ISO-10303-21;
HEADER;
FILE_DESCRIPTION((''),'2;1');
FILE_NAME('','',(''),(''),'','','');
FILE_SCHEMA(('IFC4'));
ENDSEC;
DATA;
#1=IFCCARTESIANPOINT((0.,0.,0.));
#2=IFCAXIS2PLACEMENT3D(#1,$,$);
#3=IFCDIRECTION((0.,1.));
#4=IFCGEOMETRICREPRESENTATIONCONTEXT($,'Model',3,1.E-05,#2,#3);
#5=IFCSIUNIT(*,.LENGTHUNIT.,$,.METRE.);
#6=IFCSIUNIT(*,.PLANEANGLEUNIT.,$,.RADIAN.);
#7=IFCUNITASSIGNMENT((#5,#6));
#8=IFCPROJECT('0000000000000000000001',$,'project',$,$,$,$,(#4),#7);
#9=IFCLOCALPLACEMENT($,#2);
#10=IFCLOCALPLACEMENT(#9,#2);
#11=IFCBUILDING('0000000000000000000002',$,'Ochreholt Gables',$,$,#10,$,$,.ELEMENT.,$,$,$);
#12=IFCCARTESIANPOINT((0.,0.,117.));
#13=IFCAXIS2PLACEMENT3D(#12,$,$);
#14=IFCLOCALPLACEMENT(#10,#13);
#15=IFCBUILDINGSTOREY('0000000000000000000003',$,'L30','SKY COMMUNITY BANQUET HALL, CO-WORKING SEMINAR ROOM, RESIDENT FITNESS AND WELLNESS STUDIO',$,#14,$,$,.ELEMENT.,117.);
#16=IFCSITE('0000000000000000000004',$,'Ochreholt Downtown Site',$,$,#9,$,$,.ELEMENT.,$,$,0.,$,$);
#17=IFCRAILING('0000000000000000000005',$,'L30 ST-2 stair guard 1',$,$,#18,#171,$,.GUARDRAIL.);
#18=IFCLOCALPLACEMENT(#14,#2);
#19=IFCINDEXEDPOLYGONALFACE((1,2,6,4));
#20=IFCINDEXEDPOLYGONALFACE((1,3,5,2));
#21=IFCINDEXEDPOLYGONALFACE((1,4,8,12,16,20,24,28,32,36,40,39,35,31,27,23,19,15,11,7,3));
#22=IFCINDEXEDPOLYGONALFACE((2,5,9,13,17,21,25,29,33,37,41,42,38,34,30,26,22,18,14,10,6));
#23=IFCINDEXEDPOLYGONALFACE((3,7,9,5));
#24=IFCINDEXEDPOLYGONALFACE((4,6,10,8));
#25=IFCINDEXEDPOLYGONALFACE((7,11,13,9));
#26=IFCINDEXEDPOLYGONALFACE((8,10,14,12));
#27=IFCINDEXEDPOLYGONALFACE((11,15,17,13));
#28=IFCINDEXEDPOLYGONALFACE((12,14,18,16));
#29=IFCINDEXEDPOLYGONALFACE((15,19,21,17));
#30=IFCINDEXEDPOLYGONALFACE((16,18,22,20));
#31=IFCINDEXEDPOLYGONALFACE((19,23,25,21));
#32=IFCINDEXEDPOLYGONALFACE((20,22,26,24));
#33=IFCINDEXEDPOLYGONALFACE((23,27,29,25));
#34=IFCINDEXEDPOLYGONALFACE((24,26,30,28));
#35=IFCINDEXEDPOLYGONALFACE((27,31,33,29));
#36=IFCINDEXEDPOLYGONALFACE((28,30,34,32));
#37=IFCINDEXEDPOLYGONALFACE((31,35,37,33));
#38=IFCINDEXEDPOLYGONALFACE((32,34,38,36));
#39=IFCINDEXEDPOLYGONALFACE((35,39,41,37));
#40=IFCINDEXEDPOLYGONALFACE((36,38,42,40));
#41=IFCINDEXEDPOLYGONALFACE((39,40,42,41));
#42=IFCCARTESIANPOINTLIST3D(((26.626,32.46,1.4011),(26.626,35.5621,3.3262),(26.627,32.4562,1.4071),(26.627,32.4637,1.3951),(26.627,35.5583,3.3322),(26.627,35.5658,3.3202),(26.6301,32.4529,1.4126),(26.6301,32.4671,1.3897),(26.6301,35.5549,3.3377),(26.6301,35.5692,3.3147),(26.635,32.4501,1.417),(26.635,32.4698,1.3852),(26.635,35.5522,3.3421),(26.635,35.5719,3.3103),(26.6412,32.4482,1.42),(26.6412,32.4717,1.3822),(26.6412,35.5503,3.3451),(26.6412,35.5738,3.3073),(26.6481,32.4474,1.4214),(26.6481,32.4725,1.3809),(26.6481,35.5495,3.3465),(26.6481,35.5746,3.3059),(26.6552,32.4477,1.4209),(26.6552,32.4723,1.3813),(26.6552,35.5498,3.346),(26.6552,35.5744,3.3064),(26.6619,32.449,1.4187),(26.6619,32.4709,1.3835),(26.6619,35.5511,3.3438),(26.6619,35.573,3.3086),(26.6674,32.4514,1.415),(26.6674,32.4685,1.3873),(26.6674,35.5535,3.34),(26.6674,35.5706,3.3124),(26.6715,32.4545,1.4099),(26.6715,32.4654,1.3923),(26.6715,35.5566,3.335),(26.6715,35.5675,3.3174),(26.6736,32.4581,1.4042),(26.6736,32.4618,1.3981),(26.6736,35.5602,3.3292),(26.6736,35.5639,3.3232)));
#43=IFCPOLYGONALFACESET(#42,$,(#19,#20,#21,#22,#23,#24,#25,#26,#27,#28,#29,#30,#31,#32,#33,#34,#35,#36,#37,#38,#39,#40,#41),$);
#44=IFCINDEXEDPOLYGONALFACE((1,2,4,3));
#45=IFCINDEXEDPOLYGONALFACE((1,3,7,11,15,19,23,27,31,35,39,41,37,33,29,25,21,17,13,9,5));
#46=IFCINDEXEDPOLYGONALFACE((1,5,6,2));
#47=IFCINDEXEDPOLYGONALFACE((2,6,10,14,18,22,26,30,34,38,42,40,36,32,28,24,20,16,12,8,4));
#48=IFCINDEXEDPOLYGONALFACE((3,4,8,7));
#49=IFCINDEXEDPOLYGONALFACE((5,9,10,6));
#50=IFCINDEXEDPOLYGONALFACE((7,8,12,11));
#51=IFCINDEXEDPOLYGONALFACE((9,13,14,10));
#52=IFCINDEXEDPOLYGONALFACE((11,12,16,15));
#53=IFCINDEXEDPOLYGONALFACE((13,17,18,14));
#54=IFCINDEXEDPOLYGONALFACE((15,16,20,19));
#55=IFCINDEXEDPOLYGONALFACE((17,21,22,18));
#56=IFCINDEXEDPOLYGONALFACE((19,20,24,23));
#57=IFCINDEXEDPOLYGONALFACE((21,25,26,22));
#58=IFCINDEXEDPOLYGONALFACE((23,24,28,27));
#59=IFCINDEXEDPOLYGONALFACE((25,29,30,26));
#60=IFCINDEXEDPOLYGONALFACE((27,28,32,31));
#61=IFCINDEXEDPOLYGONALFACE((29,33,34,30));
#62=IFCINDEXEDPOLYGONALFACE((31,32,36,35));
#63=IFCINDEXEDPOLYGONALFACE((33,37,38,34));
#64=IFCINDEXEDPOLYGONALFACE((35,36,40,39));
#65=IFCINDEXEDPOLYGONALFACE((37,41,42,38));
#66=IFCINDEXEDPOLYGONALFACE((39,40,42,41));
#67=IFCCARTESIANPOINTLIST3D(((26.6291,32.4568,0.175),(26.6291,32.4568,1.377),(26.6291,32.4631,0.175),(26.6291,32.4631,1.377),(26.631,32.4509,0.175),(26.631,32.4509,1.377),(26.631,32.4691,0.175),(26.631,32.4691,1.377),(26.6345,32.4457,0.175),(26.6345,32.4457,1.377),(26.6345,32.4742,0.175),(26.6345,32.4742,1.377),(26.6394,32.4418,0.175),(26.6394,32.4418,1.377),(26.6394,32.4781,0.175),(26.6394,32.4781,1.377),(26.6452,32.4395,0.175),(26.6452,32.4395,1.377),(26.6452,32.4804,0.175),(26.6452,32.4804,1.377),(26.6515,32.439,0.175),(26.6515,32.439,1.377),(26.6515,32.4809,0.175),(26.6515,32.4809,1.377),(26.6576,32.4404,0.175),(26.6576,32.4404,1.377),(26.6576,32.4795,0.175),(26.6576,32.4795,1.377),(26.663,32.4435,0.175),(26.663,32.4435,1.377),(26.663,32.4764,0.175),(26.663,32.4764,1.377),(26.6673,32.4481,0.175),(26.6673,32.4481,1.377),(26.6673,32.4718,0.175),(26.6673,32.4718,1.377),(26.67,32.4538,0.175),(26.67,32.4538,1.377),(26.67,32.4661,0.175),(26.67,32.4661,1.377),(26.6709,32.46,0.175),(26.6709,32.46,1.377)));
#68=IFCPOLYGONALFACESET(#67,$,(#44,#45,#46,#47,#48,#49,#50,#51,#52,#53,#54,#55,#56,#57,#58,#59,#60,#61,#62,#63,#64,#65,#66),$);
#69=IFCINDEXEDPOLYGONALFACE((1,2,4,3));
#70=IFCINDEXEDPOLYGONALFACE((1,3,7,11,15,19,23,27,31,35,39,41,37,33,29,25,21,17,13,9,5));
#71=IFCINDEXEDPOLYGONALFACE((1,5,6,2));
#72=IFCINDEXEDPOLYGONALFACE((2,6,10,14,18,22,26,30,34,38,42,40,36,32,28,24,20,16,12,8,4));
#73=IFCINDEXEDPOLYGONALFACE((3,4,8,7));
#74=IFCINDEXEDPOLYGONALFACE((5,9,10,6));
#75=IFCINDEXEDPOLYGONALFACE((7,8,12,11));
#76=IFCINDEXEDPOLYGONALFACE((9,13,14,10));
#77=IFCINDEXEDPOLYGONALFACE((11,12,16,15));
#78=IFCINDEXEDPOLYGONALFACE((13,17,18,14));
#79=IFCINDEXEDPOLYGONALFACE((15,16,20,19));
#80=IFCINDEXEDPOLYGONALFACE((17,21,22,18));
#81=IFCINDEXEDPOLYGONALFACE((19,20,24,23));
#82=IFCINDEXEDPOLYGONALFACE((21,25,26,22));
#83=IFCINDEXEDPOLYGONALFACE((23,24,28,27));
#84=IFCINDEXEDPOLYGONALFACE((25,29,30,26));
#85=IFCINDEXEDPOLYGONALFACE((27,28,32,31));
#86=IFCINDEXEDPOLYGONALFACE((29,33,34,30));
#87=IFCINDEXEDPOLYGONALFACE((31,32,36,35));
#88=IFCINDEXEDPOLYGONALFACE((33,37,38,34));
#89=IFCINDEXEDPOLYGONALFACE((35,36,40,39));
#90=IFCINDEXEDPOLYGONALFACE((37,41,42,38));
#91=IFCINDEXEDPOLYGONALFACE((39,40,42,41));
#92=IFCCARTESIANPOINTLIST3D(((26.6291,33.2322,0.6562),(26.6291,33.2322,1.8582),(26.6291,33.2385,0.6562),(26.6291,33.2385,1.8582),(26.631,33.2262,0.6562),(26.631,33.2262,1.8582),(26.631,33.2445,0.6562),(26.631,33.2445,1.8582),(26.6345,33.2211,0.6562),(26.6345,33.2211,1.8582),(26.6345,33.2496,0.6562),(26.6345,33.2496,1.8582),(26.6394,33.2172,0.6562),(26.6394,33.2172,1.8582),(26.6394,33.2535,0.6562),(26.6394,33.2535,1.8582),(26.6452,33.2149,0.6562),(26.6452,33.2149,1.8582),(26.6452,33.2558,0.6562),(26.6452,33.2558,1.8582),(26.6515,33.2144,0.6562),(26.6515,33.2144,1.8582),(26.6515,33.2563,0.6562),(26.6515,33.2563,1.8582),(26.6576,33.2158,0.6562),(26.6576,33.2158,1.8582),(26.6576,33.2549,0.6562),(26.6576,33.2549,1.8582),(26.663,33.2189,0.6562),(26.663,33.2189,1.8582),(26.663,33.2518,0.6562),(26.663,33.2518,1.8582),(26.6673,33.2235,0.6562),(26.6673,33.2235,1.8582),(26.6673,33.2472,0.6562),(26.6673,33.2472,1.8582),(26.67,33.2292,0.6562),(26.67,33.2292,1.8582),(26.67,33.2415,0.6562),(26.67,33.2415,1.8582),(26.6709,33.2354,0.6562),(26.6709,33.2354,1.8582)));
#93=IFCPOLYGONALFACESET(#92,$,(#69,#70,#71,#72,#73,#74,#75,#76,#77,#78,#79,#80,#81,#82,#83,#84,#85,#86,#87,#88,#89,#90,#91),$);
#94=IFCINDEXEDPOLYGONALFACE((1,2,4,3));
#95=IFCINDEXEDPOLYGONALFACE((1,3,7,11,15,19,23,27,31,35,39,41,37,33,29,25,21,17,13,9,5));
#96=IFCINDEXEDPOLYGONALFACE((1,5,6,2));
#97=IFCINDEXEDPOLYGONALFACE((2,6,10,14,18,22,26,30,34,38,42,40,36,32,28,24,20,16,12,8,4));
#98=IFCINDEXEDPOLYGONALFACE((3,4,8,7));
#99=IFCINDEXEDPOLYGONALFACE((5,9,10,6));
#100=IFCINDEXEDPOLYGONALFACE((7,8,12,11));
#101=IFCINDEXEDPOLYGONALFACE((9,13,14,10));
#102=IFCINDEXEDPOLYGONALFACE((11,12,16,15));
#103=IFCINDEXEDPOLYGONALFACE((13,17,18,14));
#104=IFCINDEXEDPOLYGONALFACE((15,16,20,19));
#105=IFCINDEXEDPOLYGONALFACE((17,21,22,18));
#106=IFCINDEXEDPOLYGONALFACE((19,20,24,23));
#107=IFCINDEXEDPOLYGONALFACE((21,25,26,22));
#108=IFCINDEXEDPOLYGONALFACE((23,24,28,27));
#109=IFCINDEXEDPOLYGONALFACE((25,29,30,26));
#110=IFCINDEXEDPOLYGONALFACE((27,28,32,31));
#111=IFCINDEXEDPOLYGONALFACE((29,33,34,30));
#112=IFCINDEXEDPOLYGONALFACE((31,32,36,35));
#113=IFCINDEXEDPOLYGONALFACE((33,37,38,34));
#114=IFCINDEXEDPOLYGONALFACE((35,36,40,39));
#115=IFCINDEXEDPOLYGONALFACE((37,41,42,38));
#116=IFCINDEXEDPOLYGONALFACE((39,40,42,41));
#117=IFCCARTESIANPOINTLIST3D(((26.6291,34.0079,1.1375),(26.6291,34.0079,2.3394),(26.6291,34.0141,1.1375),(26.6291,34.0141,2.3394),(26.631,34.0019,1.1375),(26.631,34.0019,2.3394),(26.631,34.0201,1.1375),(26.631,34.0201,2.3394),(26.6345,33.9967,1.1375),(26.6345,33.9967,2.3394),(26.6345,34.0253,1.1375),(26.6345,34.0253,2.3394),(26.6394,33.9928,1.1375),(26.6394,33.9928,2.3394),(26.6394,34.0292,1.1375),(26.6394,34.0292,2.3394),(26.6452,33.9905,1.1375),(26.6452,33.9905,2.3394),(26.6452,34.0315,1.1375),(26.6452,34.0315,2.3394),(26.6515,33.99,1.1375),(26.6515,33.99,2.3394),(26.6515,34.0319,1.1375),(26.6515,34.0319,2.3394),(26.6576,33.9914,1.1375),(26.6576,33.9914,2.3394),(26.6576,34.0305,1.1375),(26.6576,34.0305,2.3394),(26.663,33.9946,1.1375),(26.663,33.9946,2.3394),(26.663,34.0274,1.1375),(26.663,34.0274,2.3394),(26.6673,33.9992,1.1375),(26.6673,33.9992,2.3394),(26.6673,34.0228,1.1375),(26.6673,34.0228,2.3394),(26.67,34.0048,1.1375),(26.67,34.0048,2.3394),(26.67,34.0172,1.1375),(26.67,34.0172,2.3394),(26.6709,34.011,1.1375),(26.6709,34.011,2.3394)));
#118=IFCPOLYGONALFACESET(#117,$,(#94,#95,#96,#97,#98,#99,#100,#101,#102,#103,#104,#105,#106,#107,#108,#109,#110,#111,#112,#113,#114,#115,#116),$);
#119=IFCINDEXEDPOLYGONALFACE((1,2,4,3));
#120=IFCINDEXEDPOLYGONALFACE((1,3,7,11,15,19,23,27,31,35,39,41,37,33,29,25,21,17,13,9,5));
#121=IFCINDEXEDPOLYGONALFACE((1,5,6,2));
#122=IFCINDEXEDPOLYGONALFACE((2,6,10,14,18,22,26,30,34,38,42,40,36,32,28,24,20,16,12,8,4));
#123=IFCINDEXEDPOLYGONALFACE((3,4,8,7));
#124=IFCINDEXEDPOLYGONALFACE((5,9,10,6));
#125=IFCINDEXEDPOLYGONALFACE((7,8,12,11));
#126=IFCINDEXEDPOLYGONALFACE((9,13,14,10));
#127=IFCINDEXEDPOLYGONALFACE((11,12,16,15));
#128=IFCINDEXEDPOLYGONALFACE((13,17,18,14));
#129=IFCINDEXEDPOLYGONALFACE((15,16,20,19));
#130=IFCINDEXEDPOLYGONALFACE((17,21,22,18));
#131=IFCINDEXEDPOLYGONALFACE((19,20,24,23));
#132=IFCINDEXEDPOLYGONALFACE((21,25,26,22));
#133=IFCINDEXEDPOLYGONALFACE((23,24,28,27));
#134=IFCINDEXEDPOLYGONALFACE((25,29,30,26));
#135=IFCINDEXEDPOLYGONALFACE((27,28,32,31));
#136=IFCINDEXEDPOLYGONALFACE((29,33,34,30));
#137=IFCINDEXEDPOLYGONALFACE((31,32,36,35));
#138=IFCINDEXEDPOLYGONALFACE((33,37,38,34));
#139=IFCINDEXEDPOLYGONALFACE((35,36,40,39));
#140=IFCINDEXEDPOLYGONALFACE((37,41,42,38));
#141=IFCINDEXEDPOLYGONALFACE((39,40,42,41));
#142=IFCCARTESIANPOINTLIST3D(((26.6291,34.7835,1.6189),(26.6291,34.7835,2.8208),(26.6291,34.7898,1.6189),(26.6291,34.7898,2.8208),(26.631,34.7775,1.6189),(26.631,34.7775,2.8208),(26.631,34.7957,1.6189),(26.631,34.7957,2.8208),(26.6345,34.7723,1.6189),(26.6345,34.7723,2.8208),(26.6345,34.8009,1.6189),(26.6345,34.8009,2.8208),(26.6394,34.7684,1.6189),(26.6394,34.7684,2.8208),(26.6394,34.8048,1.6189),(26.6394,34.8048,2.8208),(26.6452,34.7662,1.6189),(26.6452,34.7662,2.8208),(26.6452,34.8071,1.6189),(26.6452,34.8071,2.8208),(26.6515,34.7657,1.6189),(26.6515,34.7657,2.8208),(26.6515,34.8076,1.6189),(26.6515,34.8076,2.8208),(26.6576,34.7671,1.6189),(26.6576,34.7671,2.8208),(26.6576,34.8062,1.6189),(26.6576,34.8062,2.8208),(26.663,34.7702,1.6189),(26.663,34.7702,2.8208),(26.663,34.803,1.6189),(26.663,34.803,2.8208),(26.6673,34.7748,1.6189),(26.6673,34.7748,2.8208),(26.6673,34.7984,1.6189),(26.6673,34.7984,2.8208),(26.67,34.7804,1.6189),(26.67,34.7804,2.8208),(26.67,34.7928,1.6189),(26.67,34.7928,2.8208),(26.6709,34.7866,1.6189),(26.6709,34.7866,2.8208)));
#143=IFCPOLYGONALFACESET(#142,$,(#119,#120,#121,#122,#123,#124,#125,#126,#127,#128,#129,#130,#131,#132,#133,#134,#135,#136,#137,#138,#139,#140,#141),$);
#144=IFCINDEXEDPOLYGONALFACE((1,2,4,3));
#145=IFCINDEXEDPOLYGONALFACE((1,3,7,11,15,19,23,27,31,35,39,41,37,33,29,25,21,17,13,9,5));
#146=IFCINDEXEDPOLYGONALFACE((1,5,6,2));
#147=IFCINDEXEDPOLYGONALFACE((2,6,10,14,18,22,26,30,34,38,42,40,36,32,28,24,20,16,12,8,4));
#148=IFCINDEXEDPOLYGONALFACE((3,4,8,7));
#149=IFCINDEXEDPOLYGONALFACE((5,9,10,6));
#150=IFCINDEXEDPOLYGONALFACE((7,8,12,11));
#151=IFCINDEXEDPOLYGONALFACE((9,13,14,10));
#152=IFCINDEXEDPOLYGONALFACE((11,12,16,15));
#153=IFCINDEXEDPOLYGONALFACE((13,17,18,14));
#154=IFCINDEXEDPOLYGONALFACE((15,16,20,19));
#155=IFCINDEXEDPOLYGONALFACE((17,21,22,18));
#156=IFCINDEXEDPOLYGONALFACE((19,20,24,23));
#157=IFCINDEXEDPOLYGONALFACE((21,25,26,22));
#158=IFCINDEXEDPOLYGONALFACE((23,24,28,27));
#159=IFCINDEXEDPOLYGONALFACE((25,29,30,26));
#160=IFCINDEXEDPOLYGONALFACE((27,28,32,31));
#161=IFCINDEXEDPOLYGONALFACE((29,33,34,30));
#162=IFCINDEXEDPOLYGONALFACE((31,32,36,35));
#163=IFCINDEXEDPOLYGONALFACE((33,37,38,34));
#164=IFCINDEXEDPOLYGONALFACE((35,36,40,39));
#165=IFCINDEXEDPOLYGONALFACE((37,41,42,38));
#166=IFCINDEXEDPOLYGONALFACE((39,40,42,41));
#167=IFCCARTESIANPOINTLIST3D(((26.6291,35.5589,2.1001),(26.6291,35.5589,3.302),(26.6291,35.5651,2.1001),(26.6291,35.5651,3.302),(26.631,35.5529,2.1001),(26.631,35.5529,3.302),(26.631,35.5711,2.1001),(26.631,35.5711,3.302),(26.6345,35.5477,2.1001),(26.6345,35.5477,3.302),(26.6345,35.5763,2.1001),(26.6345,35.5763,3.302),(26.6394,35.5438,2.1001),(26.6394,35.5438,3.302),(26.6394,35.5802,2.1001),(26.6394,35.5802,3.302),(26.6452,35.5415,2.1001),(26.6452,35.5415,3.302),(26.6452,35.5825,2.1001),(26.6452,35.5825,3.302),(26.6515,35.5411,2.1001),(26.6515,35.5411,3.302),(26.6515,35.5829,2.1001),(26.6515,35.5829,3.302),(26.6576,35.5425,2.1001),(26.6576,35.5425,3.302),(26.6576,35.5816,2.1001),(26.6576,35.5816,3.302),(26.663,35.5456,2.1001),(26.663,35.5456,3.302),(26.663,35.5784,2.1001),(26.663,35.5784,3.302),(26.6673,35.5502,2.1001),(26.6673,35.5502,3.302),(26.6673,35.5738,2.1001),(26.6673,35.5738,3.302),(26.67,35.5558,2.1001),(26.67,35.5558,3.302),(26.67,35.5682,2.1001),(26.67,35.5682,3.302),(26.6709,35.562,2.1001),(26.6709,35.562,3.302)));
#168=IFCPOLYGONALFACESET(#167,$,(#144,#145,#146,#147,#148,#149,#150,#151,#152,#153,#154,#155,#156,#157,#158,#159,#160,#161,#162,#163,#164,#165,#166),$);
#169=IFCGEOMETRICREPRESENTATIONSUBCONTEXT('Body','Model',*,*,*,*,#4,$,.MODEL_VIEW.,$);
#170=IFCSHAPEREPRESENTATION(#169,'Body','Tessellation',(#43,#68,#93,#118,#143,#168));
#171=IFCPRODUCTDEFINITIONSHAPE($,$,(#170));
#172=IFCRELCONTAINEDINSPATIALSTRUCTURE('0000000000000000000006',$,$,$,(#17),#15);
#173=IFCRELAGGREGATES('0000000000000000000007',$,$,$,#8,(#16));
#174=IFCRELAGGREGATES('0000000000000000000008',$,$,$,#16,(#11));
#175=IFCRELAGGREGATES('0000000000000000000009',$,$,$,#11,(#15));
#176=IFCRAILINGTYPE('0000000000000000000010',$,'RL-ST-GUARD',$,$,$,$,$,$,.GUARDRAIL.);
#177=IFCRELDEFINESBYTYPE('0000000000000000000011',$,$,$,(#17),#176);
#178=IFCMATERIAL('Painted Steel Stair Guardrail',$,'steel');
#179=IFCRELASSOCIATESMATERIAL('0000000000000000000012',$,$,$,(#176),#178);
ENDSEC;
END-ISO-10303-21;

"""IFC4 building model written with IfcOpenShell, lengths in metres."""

from ifc_helpers import new_model, si_unit, direction, frame, origin, origin_2d, place, context, subcontext, project, spatial, circle, extrude, material, type_object, element, save


model = new_model("IFC4")

# Units and contexts
model_context = context("Model", 3, precision=1e-05, world=origin(), true_north=direction((0.0, 1.0)))
body_context = subcontext(model_context, "Body", "Model", "MODEL_VIEW")
ifc_project = project(units=[si_unit("LENGTHUNIT", "METRE"), si_unit("PLANEANGLEUNIT", "RADIAN")], contexts=[model_context])

# Site, building, storey
site_placement = place(None, origin())
site = spatial("IfcSite", under=ifc_project, at=site_placement, Name="Ochreholt Downtown Site", CompositionType="ELEMENT", RefElevation=0.0)
building_placement = place(site_placement, origin())
building = spatial("IfcBuilding", under=site, at=building_placement, Name="Ochreholt Gables", CompositionType="ELEMENT")
storey_placement = place(building_placement, frame((0.0, 0.0, 117.0)))
storey = spatial("IfcBuildingStorey", under=building, at=storey_placement, Name="L30", Description="SKY COMMUNITY BANQUET HALL, CO-WORKING SEMINAR ROOM, RESIDENT FITNESS AND WELLNESS STUDIO", CompositionType="ELEMENT", Elevation=117.0)

# Railing
ifc_material_1 = material(Name="Painted Steel Stair Guardrail", Category="steel")
railing_type_1 = type_object("IfcRailingType", Name="RL-ST-GUARD", PredefinedType="GUARDRAIL", material=ifc_material_1)
railing_1_placement = place(storey_placement, frame((26.6499, 32.46, 0.175)))
element("IfcRailing", 1, at=railing_1_placement, inside=storey, type_object=railing_type_1, Name="L30 ST-2 stair guard 1", PredefinedType="GUARDRAIL", context=body_context, shape_type="SweptSolid", body=[
    extrude(circle(Radius=0.0239, at=origin_2d()), frame((0.0, 0.0, 1.2261), z_axis=(0.0, 0.849685, 0.527291), x_axis=(-1.0, 0.0, 0.0)), (0.0, 0.0, 1.0), 3.6509),
    extrude(circle(Radius=0.021, at=origin_2d()), origin(), (0.0, 0.0, 1.0), 1.2019),
    extrude(circle(Radius=0.021, at=origin_2d()), frame((0.0, 0.7754, 0.4812)), (0.0, 0.0, 1.0), 1.2019),
    extrude(circle(Radius=0.021, at=origin_2d()), frame((0.0, 1.551, 0.9624)), (0.0, 0.0, 1.0), 1.2019),
    extrude(circle(Radius=0.021, at=origin_2d()), frame((0.0, 2.3267, 1.4438)), (0.0, 0.0, 1.0), 1.2019),
    extrude(circle(Radius=0.021, at=origin_2d()), frame((0.0, 3.1021, 1.925)), (0.0, 0.0, 1.0), 1.2019),
])

save(model, "model.ifc")
